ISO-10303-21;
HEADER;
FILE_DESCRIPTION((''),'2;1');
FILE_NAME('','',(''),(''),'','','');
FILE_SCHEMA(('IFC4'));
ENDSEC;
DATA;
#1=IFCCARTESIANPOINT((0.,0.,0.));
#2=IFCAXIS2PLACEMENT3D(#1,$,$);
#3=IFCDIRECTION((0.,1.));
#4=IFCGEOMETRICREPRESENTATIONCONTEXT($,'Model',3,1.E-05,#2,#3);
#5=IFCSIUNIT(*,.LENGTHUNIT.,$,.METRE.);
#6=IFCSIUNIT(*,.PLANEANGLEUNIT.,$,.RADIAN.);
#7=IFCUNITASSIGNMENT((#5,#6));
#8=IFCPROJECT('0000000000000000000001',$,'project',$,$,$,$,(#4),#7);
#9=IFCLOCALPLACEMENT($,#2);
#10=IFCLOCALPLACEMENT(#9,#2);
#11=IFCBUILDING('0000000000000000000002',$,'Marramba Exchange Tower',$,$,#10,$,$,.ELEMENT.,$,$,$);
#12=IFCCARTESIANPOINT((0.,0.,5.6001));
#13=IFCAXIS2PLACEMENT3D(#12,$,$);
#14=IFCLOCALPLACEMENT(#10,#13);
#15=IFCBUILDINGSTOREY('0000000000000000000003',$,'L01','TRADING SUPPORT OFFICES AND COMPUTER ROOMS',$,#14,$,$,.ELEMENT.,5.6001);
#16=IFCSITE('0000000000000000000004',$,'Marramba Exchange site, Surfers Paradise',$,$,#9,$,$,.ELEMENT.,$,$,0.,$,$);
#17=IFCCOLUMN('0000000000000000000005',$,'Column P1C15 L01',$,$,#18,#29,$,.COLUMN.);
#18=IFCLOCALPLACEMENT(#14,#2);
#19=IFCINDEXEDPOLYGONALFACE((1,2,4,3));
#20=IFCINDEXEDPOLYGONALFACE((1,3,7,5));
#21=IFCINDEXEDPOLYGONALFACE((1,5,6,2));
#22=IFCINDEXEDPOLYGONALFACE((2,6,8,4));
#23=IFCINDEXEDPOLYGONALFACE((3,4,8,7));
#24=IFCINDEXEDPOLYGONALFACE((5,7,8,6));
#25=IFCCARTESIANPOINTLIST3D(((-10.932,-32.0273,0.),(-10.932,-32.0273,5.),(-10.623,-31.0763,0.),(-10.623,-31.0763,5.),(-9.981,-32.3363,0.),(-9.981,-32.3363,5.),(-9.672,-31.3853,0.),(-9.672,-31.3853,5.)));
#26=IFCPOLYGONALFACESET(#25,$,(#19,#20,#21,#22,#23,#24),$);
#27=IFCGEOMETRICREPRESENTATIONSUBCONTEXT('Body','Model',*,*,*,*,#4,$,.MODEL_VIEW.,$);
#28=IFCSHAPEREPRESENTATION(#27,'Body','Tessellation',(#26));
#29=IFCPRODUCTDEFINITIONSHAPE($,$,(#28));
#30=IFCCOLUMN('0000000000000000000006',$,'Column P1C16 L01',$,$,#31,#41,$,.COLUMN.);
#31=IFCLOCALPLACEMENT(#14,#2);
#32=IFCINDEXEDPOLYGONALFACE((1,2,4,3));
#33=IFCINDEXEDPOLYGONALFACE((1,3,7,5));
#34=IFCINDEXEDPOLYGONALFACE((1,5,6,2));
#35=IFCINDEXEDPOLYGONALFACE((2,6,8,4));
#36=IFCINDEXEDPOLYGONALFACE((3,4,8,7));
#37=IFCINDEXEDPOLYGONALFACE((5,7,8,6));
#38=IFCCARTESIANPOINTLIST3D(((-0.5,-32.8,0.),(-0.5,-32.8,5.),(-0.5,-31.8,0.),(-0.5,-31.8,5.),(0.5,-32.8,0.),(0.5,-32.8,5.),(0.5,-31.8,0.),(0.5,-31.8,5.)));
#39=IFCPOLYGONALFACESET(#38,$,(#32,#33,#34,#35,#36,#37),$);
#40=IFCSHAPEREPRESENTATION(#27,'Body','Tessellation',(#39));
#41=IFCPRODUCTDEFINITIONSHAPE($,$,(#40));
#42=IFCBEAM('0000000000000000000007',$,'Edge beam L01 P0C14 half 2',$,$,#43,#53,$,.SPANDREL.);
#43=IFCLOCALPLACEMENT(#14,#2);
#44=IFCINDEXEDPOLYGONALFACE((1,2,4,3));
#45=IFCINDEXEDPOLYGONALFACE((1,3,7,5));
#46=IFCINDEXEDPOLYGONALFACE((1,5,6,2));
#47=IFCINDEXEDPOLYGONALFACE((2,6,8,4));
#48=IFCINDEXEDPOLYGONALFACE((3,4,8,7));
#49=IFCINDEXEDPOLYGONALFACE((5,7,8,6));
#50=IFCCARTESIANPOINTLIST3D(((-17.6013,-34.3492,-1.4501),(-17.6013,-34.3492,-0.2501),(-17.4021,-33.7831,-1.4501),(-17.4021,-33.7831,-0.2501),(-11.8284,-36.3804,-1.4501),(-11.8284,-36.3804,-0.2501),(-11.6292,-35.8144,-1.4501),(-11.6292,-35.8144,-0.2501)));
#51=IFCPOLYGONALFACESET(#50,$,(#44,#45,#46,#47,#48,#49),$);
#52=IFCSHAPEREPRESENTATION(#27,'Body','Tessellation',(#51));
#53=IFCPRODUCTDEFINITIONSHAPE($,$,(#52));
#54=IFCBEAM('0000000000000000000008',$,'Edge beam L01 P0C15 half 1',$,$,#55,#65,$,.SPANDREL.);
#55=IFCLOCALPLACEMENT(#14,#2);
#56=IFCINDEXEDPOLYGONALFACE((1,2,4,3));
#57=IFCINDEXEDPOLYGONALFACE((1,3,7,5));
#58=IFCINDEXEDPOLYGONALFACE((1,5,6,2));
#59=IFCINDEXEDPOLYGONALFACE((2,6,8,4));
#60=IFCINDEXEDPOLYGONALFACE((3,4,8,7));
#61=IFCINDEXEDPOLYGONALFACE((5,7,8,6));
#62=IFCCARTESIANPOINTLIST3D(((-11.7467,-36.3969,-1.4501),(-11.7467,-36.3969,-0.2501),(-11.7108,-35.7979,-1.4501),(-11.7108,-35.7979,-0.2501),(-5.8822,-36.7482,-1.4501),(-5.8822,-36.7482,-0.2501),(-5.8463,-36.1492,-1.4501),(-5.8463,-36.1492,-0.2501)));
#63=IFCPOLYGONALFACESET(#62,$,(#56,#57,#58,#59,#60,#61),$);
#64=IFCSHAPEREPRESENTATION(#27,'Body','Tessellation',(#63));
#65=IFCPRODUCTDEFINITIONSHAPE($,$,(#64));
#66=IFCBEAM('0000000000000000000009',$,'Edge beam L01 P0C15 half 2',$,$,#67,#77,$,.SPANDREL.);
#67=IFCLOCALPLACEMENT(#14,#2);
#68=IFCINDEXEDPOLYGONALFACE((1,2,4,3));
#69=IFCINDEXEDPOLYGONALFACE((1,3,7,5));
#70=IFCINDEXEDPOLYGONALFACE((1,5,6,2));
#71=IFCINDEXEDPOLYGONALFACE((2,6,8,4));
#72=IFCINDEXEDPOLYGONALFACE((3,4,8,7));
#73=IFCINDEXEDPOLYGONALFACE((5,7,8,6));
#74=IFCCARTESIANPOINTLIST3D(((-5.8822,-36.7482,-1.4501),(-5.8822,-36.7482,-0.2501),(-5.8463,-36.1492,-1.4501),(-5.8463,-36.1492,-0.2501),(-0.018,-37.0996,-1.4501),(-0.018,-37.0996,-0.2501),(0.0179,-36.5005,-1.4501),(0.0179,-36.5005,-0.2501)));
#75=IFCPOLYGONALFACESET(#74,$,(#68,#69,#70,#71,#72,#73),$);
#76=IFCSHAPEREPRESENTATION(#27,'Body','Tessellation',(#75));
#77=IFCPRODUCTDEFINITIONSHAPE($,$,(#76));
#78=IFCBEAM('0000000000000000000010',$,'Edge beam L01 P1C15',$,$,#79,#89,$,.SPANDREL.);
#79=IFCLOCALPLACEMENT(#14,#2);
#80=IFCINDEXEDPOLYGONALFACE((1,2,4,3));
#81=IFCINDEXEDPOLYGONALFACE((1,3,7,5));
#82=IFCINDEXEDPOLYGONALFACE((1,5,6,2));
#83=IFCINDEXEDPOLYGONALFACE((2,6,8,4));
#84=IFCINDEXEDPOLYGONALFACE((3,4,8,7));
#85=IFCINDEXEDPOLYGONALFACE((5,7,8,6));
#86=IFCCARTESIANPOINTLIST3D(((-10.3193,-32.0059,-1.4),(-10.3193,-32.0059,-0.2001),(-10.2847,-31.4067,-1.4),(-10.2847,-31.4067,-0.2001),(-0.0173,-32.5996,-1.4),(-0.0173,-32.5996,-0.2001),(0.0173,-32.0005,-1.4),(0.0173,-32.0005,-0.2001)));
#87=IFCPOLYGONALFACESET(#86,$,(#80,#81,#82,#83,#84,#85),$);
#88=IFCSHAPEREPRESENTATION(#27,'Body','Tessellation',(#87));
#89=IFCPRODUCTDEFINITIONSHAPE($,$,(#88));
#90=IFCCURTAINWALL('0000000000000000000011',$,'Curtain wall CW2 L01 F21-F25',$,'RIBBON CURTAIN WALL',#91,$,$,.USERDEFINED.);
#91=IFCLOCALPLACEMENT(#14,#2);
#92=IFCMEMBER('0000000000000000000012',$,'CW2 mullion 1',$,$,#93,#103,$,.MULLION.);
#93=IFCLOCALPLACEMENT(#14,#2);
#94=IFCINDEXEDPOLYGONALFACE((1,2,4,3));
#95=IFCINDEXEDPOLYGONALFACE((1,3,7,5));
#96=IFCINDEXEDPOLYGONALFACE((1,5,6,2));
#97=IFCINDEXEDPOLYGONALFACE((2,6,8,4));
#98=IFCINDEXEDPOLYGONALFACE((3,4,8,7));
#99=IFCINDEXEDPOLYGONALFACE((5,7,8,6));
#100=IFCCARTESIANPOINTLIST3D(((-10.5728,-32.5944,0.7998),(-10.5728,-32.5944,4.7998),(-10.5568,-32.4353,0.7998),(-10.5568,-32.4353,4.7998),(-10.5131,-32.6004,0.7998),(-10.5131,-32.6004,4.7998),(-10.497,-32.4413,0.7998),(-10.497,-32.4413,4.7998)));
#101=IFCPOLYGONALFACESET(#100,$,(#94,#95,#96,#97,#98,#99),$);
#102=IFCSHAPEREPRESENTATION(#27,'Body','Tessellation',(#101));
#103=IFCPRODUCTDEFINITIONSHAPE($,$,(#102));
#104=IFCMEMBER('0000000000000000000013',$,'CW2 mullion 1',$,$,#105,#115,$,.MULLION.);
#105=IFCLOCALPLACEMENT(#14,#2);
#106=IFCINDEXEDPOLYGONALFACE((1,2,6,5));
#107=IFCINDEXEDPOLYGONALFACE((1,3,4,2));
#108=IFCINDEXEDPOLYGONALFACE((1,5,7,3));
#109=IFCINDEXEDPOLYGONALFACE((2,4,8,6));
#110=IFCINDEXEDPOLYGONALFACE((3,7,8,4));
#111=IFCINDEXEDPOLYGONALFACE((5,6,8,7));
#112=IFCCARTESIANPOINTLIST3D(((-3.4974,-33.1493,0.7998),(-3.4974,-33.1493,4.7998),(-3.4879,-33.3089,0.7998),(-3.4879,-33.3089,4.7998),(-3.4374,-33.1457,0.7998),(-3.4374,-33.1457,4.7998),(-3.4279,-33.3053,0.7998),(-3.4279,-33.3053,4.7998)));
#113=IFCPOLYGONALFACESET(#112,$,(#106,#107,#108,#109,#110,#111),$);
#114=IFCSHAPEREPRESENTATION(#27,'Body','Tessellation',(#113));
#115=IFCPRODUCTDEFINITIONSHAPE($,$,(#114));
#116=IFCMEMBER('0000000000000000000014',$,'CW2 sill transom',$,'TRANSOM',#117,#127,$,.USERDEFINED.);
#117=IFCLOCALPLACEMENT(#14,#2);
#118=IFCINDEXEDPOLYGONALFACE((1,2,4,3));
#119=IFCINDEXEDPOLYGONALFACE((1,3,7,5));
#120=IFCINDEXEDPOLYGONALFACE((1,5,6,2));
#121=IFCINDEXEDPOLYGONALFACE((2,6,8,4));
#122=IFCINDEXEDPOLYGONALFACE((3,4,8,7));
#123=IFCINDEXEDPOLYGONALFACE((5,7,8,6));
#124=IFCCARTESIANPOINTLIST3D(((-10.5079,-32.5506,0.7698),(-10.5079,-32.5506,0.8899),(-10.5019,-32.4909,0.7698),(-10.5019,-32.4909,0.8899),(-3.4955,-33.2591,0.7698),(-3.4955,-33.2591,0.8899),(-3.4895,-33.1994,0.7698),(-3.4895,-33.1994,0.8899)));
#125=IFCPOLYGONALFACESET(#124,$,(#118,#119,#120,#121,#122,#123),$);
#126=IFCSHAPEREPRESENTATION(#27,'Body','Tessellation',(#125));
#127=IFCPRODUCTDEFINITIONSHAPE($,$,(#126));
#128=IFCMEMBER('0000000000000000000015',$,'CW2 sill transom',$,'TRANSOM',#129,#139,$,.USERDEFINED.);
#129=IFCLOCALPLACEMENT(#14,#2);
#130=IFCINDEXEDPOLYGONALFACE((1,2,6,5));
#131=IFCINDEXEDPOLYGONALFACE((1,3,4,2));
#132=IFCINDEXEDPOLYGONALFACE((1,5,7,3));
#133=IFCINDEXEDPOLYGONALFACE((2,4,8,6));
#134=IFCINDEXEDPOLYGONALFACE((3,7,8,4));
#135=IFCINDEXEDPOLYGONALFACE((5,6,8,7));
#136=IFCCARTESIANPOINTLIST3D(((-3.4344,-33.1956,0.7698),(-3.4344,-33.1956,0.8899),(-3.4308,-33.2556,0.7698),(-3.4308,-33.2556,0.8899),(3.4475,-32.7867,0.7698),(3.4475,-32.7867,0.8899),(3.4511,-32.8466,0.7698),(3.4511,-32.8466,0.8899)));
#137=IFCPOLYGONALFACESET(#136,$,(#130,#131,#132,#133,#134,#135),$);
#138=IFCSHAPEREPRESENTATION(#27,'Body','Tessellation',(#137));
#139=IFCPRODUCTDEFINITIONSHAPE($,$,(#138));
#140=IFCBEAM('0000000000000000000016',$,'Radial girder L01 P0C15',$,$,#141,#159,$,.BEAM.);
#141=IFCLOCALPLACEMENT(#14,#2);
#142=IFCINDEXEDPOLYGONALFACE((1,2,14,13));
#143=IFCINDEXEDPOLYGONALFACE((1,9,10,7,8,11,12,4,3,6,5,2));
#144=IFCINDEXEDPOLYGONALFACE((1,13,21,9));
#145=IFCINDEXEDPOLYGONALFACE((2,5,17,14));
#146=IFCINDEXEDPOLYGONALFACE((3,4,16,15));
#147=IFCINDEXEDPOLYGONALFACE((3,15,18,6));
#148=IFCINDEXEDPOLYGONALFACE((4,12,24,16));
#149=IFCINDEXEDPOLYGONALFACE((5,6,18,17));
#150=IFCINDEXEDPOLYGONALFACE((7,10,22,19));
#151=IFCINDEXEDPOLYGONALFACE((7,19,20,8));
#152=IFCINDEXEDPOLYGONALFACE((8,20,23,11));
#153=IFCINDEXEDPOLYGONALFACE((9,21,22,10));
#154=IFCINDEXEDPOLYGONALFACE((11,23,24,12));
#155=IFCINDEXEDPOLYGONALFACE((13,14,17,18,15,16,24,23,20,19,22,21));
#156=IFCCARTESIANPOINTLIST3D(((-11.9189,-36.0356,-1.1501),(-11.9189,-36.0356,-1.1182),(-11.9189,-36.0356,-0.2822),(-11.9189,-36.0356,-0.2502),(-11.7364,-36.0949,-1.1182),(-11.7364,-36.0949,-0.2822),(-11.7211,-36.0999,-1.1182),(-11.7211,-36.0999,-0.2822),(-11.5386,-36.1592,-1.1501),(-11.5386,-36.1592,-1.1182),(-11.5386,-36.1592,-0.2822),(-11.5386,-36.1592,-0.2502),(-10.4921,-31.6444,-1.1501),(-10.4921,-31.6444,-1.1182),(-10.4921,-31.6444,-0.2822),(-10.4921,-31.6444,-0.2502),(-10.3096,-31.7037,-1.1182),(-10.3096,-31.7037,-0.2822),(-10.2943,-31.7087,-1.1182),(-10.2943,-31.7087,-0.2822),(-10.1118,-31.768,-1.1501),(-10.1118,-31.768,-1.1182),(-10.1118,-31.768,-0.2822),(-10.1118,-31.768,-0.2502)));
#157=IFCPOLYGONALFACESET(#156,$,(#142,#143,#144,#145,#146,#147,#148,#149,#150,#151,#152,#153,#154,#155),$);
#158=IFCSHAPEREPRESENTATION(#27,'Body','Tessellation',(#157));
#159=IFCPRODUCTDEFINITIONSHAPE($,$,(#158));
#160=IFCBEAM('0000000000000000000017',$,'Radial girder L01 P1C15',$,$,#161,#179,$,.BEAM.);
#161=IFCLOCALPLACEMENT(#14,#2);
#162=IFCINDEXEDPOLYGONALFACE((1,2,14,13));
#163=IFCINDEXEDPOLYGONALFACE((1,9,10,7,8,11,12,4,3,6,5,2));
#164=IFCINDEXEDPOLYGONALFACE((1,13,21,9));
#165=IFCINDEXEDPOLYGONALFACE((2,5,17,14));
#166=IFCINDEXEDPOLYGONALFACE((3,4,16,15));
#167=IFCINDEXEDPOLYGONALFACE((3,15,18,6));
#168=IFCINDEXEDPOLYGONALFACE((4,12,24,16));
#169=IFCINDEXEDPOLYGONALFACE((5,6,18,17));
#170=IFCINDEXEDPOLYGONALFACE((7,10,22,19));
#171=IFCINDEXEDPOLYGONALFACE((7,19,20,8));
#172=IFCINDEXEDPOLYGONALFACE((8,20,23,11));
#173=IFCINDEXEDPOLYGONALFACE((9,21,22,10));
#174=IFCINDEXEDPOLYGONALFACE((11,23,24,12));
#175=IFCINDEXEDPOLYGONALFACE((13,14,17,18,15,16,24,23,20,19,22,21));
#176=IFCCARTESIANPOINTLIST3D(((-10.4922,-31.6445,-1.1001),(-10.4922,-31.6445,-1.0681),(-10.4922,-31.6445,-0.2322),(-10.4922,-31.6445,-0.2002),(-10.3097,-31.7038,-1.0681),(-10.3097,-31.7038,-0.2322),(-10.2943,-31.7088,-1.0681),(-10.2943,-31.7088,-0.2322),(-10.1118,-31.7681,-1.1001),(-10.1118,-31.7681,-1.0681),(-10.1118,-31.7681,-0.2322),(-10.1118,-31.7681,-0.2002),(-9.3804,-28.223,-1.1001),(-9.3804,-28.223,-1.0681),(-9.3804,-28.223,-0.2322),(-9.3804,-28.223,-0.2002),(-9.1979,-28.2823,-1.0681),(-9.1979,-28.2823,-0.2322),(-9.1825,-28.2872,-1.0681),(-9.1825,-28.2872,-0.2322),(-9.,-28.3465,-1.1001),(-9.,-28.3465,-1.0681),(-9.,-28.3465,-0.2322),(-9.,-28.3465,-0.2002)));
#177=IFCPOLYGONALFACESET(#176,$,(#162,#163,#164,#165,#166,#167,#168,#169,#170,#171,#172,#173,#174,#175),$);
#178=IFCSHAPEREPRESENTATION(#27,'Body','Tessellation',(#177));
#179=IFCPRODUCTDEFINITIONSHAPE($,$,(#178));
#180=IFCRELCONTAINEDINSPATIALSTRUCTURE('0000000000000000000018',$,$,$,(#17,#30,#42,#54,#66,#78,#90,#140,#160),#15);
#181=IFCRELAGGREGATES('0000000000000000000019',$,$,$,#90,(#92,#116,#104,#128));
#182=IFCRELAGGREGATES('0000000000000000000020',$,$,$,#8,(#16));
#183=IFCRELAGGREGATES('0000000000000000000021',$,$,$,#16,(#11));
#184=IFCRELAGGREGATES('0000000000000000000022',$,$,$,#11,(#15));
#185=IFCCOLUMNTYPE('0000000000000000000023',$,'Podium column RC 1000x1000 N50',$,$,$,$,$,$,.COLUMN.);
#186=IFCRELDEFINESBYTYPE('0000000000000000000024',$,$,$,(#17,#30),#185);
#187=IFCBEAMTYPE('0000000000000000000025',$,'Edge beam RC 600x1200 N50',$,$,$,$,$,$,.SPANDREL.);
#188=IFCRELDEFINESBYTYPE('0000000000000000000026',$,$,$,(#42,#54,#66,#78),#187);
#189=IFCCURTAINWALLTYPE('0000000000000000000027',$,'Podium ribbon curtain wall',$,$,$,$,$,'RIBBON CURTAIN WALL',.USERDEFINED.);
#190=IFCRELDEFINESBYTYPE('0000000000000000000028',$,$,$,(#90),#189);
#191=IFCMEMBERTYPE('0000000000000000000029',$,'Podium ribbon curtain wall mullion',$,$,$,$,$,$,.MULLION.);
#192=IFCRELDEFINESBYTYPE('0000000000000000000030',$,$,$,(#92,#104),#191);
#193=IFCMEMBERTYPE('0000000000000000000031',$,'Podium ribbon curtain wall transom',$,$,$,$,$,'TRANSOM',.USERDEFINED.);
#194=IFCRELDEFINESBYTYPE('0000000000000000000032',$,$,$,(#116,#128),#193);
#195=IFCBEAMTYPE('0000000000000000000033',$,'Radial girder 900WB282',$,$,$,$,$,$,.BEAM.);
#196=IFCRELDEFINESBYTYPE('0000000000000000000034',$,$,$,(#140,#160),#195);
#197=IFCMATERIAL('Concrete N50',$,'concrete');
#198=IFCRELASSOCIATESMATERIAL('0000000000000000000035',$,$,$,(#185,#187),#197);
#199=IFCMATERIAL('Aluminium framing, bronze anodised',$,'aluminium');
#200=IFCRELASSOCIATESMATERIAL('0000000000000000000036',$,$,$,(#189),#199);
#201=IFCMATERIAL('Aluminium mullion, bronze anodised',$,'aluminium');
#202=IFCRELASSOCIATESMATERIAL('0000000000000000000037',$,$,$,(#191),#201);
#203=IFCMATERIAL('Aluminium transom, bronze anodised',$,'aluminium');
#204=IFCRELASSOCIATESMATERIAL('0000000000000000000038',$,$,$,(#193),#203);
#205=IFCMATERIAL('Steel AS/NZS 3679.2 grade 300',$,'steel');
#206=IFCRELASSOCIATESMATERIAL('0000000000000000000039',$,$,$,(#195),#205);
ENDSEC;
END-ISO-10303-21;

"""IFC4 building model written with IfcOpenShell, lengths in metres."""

from ifc_helpers import new_model, si_unit, direction, frame, origin, origin_2d, place, context, subcontext, project, spatial, rectangle, i_section, extrude, material, material_profile, profile_set, type_object, element, aggregate, save


model = new_model("IFC4")

# Units and contexts
model_context = context("Model", 3, precision=1e-05, world=origin(), true_north=direction((0.0, 1.0)))
body_context = subcontext(model_context, "Body", "Model", "MODEL_VIEW")
ifc_project = project(units=[si_unit("LENGTHUNIT", "METRE"), si_unit("PLANEANGLEUNIT", "RADIAN")], contexts=[model_context])

# Site, building, storey
site_placement = place(None, origin())
site = spatial("IfcSite", under=ifc_project, at=site_placement, Name="Marramba Exchange site, Surfers Paradise", CompositionType="ELEMENT", RefElevation=0.0)
building_placement = place(site_placement, origin())
building = spatial("IfcBuilding", under=site, at=building_placement, Name="Marramba Exchange Tower", CompositionType="ELEMENT")
storey_placement = place(building_placement, frame((0.0, 0.0, 5.6001)))
storey = spatial("IfcBuildingStorey", under=building, at=storey_placement, Name="L01", Description="TRADING SUPPORT OFFICES AND COMPUTER ROOMS", CompositionType="ELEMENT", Elevation=5.6001)

# Columns
ifc_material_1 = material(Name="Concrete N50", Category="concrete")
ifc_material_profile_1 = material_profile(ifc_material_1, rectangle(XDim=1.0, YDim=1.0, at=origin_2d()), Name="RC 1000x1000")
ifc_profile_set_1 = profile_set([ifc_material_profile_1], Name="Concrete N50")
column_type = type_object("IfcColumnType", Name="Podium column RC 1000x1000 N50", PredefinedType="COLUMN", material=ifc_profile_set_1)
for number, where, z_axis, x_axis, name in (
    (1, (-10.302, -31.7063, 0.0), (0.0, 0.0, 1.0), (-0.309017, -0.951057, 0.0), "Column P1C15 L01"),
    (2, (0.0, -32.3, 0.0), (0.0, 0.0, 1.0), (0.0, -1.0, 0.0), "Column P1C16 L01"),
):
    element("IfcColumn", number, at=place(storey_placement, frame(where, z_axis=z_axis, x_axis=x_axis)), inside=storey, type_object=column_type, Name=name, PredefinedType="COLUMN", context=body_context, shape_type="SweptSolid", body=[
        extrude(rectangle(XDim=1.0, YDim=1.0, at=origin_2d()), origin(), (0.0, 0.0, 1.0), 5.0),
    ])

# Beams
ifc_material_profile_2 = material_profile(ifc_material_1, rectangle(XDim=0.6001, YDim=1.2, at=origin_2d()), Name="RC 600x1200")
ifc_profile_set_2 = profile_set([ifc_material_profile_2], Name="Concrete N50")
beam_type_1 = type_object("IfcBeamType", Name="Edge beam RC 600x1200 N50", PredefinedType="SPANDREL", material=ifc_profile_set_2)
beam_1_placement = place(storey_placement, frame((-17.5017, -34.0662, -0.8501), z_axis=(0.943311, -0.33191, 0.0), x_axis=(0.33191, 0.943311, 0.0)))
element("IfcBeam", 3, at=beam_1_placement, inside=storey, type_object=beam_type_1, Name="Edge beam L01 P0C14 half 2", PredefinedType="SPANDREL", context=body_context, shape_type="SweptSolid", body=[
    extrude(rectangle(XDim=0.6001, YDim=1.2, at=origin_2d()), origin(), (0.0, 0.0, 1.0), 6.1199),
])
beam_2_placement = place(storey_placement, frame((-11.7288, -36.0974, -0.8501), z_axis=(0.99821, -0.059799, 0.0), x_axis=(0.059799, 0.99821, 0.0)))
element("IfcBeam", 4, at=beam_2_placement, inside=storey, type_object=beam_type_1, Name="Edge beam L01 P0C15 half 1", PredefinedType="SPANDREL", context=body_context, shape_type="SweptSolid", body=[
    extrude(rectangle(XDim=0.6001, YDim=1.2, at=origin_2d()), origin(), (0.0, 0.0, 1.0), 5.875),
])
beam_3_placement = place(storey_placement, frame((-5.8643, -36.4487, -0.8501), z_axis=(0.99821, -0.059801, 0.0), x_axis=(0.059801, 0.99821, 0.0)))
element("IfcBeam", 5, at=beam_3_placement, inside=storey, type_object=beam_type_1, Name="Edge beam L01 P0C15 half 2", PredefinedType="SPANDREL", context=body_context, shape_type="SweptSolid", body=[
    extrude(rectangle(XDim=0.6001, YDim=1.2, at=origin_2d()), origin(), (0.0, 0.0, 1.0), 5.8748),
])
beam_4_placement = place(storey_placement, frame((-10.302, -31.7063, -0.8), z_axis=(0.998343, -0.057539, 0.0), x_axis=(0.057539, 0.998343, 0.0)))
element("IfcBeam", 6, at=beam_4_placement, inside=storey, type_object=beam_type_1, Name="Edge beam L01 P1C15", PredefinedType="SPANDREL", context=body_context, shape_type="SweptSolid", body=[
    extrude(rectangle(XDim=0.6001, YDim=1.2, at=origin_2d()), origin(), (0.0, 0.0, 1.0), 10.3191),
])

# Curtain wall, members
ifc_material_2 = material(Name="Aluminium framing, bronze anodised", Category="aluminium")
curtain_wall_type = type_object("IfcCurtainWallType", Name="Podium ribbon curtain wall", ElementType="RIBBON CURTAIN WALL", PredefinedType="USERDEFINED", material=ifc_material_2)
curtain_wall_placement = place(storey_placement, origin())
curtain_wall = element("IfcCurtainWall", 7, at=curtain_wall_placement, inside=storey, type_object=curtain_wall_type, Name="Curtain wall CW2 L01 F21-F25", ObjectType="RIBBON CURTAIN WALL", PredefinedType="USERDEFINED")
ifc_material_3 = material(Name="Aluminium mullion, bronze anodised", Category="aluminium")
ifc_material_profile_3 = material_profile(ifc_material_3, rectangle(XDim=0.1599, YDim=0.0601, at=origin_2d()), Name="CW2 mullion 60x160")
ifc_profile_set_3 = profile_set([ifc_material_profile_3], Name="Aluminium mullion, bronze anodised")
member_type_1 = type_object("IfcMemberType", Name="Podium ribbon curtain wall mullion", PredefinedType="MULLION", material=ifc_profile_set_3)
member_1_placement = place(storey_placement, frame((-10.5349, -32.5178, 0.7998), z_axis=(0.0, 0.0, 1.0), x_axis=(0.100506, 0.994936, 0.0)))
member_1 = element("IfcMember", 8, at=member_1_placement, type_object=member_type_1, Name="CW2 mullion 1", PredefinedType="MULLION", context=body_context, shape_type="SweptSolid", body=[
    extrude(rectangle(XDim=0.1599, YDim=0.0601, at=origin_2d()), origin(), (0.0, 0.0, 1.0), 4.0),
])
member_2_placement = place(storey_placement, frame((-3.4626, -33.2273, 0.7998), z_axis=(0.0, 0.0, 1.0), x_axis=(-0.059317, 0.998239, 0.0)))
member_2 = element("IfcMember", 9, at=member_2_placement, type_object=member_type_1, Name="CW2 mullion 1", PredefinedType="MULLION", context=body_context, shape_type="SweptSolid", body=[
    extrude(rectangle(XDim=0.1599, YDim=0.0601, at=origin_2d()), origin(), (0.0, 0.0, 1.0), 4.0),
])
ifc_material_4 = material(Name="Aluminium transom, bronze anodised", Category="aluminium")
ifc_material_profile_4 = material_profile(ifc_material_4, rectangle(XDim=0.0601, YDim=0.1201, at=origin_2d()), Name="CW2 transom 60x120")
ifc_profile_set_4 = profile_set([ifc_material_profile_4], Name="Aluminium transom, bronze anodised")
member_type_2 = type_object("IfcMemberType", Name="Podium ribbon curtain wall transom", ElementType="TRANSOM", PredefinedType="USERDEFINED", material=ifc_profile_set_4)
member_3_placement = place(storey_placement, frame((-10.5049, -32.5208, 0.8298), z_axis=(0.994935, -0.100522, 0.0), x_axis=(0.100522, 0.994935, 0.0)))
member_3 = element("IfcMember", 10, at=member_3_placement, type_object=member_type_2, Name="CW2 sill transom", ObjectType="TRANSOM", PredefinedType="USERDEFINED", context=body_context, shape_type="SweptSolid", body=[
    extrude(rectangle(XDim=0.0601, YDim=0.1201, at=origin_2d()), origin(), (0.0, 0.0, 1.0), 7.0481),
])
member_4_placement = place(storey_placement, frame((-3.4326, -33.2256, 0.8298), z_axis=(0.998239, 0.059318, 0.0), x_axis=(-0.059318, 0.998239, 0.0)))
member_4 = element("IfcMember", 11, at=member_4_placement, type_object=member_type_2, Name="CW2 sill transom", ObjectType="TRANSOM", PredefinedType="USERDEFINED", context=body_context, shape_type="SweptSolid", body=[
    extrude(rectangle(XDim=0.0601, YDim=0.1201, at=origin_2d()), origin(), (0.0, 0.0, 1.0), 6.894),
])

# Beams
ifc_material_5 = material(Name="Steel AS/NZS 3679.2 grade 300", Category="steel")
ifc_material_profile_5 = material_profile(ifc_material_5, i_section(OverallWidth=0.3999, OverallDepth=0.8999, WebThickness=0.0161, FlangeThickness=0.032, at=origin_2d()), Name="900WB282")
ifc_profile_set_5 = profile_set([ifc_material_profile_5], Name="Steel AS/NZS 3679.2 grade 300")
beam_type_2 = type_object("IfcBeamType", Name="Radial girder 900WB282", PredefinedType="BEAM", material=ifc_profile_set_5)
beam_5_placement = place(storey_placement, frame((-11.7288, -36.0974, -0.7002), z_axis=(0.309017, 0.951057, 0.0), x_axis=(-0.951057, 0.309017, 0.0)))
element("IfcBeam", 12, at=beam_5_placement, inside=storey, type_object=beam_type_2, Name="Radial girder L01 P0C15", PredefinedType="BEAM", context=body_context, shape_type="SweptSolid", body=[
    extrude(i_section(OverallWidth=0.3999, OverallDepth=0.8999, WebThickness=0.0161, FlangeThickness=0.032, at=origin_2d()), origin(), (0.0, 0.0, 1.0), 4.6172),
])
beam_6_placement = place(storey_placement, frame((-10.302, -31.7063, -0.6501), z_axis=(0.309032, 0.951052, 0.0), x_axis=(-0.951052, 0.309032, 0.0)))
element("IfcBeam", 13, at=beam_6_placement, inside=storey, type_object=beam_type_2, Name="Radial girder L01 P1C15", PredefinedType="BEAM", context=body_context, shape_type="SweptSolid", body=[
    extrude(i_section(OverallWidth=0.3999, OverallDepth=0.8999, WebThickness=0.0161, FlangeThickness=0.032, at=origin_2d()), origin(), (0.0, 0.0, 1.0), 3.5977),
])

aggregate(curtain_wall, [member_1, member_3, member_2, member_4])

save(model, "model.ifc")
